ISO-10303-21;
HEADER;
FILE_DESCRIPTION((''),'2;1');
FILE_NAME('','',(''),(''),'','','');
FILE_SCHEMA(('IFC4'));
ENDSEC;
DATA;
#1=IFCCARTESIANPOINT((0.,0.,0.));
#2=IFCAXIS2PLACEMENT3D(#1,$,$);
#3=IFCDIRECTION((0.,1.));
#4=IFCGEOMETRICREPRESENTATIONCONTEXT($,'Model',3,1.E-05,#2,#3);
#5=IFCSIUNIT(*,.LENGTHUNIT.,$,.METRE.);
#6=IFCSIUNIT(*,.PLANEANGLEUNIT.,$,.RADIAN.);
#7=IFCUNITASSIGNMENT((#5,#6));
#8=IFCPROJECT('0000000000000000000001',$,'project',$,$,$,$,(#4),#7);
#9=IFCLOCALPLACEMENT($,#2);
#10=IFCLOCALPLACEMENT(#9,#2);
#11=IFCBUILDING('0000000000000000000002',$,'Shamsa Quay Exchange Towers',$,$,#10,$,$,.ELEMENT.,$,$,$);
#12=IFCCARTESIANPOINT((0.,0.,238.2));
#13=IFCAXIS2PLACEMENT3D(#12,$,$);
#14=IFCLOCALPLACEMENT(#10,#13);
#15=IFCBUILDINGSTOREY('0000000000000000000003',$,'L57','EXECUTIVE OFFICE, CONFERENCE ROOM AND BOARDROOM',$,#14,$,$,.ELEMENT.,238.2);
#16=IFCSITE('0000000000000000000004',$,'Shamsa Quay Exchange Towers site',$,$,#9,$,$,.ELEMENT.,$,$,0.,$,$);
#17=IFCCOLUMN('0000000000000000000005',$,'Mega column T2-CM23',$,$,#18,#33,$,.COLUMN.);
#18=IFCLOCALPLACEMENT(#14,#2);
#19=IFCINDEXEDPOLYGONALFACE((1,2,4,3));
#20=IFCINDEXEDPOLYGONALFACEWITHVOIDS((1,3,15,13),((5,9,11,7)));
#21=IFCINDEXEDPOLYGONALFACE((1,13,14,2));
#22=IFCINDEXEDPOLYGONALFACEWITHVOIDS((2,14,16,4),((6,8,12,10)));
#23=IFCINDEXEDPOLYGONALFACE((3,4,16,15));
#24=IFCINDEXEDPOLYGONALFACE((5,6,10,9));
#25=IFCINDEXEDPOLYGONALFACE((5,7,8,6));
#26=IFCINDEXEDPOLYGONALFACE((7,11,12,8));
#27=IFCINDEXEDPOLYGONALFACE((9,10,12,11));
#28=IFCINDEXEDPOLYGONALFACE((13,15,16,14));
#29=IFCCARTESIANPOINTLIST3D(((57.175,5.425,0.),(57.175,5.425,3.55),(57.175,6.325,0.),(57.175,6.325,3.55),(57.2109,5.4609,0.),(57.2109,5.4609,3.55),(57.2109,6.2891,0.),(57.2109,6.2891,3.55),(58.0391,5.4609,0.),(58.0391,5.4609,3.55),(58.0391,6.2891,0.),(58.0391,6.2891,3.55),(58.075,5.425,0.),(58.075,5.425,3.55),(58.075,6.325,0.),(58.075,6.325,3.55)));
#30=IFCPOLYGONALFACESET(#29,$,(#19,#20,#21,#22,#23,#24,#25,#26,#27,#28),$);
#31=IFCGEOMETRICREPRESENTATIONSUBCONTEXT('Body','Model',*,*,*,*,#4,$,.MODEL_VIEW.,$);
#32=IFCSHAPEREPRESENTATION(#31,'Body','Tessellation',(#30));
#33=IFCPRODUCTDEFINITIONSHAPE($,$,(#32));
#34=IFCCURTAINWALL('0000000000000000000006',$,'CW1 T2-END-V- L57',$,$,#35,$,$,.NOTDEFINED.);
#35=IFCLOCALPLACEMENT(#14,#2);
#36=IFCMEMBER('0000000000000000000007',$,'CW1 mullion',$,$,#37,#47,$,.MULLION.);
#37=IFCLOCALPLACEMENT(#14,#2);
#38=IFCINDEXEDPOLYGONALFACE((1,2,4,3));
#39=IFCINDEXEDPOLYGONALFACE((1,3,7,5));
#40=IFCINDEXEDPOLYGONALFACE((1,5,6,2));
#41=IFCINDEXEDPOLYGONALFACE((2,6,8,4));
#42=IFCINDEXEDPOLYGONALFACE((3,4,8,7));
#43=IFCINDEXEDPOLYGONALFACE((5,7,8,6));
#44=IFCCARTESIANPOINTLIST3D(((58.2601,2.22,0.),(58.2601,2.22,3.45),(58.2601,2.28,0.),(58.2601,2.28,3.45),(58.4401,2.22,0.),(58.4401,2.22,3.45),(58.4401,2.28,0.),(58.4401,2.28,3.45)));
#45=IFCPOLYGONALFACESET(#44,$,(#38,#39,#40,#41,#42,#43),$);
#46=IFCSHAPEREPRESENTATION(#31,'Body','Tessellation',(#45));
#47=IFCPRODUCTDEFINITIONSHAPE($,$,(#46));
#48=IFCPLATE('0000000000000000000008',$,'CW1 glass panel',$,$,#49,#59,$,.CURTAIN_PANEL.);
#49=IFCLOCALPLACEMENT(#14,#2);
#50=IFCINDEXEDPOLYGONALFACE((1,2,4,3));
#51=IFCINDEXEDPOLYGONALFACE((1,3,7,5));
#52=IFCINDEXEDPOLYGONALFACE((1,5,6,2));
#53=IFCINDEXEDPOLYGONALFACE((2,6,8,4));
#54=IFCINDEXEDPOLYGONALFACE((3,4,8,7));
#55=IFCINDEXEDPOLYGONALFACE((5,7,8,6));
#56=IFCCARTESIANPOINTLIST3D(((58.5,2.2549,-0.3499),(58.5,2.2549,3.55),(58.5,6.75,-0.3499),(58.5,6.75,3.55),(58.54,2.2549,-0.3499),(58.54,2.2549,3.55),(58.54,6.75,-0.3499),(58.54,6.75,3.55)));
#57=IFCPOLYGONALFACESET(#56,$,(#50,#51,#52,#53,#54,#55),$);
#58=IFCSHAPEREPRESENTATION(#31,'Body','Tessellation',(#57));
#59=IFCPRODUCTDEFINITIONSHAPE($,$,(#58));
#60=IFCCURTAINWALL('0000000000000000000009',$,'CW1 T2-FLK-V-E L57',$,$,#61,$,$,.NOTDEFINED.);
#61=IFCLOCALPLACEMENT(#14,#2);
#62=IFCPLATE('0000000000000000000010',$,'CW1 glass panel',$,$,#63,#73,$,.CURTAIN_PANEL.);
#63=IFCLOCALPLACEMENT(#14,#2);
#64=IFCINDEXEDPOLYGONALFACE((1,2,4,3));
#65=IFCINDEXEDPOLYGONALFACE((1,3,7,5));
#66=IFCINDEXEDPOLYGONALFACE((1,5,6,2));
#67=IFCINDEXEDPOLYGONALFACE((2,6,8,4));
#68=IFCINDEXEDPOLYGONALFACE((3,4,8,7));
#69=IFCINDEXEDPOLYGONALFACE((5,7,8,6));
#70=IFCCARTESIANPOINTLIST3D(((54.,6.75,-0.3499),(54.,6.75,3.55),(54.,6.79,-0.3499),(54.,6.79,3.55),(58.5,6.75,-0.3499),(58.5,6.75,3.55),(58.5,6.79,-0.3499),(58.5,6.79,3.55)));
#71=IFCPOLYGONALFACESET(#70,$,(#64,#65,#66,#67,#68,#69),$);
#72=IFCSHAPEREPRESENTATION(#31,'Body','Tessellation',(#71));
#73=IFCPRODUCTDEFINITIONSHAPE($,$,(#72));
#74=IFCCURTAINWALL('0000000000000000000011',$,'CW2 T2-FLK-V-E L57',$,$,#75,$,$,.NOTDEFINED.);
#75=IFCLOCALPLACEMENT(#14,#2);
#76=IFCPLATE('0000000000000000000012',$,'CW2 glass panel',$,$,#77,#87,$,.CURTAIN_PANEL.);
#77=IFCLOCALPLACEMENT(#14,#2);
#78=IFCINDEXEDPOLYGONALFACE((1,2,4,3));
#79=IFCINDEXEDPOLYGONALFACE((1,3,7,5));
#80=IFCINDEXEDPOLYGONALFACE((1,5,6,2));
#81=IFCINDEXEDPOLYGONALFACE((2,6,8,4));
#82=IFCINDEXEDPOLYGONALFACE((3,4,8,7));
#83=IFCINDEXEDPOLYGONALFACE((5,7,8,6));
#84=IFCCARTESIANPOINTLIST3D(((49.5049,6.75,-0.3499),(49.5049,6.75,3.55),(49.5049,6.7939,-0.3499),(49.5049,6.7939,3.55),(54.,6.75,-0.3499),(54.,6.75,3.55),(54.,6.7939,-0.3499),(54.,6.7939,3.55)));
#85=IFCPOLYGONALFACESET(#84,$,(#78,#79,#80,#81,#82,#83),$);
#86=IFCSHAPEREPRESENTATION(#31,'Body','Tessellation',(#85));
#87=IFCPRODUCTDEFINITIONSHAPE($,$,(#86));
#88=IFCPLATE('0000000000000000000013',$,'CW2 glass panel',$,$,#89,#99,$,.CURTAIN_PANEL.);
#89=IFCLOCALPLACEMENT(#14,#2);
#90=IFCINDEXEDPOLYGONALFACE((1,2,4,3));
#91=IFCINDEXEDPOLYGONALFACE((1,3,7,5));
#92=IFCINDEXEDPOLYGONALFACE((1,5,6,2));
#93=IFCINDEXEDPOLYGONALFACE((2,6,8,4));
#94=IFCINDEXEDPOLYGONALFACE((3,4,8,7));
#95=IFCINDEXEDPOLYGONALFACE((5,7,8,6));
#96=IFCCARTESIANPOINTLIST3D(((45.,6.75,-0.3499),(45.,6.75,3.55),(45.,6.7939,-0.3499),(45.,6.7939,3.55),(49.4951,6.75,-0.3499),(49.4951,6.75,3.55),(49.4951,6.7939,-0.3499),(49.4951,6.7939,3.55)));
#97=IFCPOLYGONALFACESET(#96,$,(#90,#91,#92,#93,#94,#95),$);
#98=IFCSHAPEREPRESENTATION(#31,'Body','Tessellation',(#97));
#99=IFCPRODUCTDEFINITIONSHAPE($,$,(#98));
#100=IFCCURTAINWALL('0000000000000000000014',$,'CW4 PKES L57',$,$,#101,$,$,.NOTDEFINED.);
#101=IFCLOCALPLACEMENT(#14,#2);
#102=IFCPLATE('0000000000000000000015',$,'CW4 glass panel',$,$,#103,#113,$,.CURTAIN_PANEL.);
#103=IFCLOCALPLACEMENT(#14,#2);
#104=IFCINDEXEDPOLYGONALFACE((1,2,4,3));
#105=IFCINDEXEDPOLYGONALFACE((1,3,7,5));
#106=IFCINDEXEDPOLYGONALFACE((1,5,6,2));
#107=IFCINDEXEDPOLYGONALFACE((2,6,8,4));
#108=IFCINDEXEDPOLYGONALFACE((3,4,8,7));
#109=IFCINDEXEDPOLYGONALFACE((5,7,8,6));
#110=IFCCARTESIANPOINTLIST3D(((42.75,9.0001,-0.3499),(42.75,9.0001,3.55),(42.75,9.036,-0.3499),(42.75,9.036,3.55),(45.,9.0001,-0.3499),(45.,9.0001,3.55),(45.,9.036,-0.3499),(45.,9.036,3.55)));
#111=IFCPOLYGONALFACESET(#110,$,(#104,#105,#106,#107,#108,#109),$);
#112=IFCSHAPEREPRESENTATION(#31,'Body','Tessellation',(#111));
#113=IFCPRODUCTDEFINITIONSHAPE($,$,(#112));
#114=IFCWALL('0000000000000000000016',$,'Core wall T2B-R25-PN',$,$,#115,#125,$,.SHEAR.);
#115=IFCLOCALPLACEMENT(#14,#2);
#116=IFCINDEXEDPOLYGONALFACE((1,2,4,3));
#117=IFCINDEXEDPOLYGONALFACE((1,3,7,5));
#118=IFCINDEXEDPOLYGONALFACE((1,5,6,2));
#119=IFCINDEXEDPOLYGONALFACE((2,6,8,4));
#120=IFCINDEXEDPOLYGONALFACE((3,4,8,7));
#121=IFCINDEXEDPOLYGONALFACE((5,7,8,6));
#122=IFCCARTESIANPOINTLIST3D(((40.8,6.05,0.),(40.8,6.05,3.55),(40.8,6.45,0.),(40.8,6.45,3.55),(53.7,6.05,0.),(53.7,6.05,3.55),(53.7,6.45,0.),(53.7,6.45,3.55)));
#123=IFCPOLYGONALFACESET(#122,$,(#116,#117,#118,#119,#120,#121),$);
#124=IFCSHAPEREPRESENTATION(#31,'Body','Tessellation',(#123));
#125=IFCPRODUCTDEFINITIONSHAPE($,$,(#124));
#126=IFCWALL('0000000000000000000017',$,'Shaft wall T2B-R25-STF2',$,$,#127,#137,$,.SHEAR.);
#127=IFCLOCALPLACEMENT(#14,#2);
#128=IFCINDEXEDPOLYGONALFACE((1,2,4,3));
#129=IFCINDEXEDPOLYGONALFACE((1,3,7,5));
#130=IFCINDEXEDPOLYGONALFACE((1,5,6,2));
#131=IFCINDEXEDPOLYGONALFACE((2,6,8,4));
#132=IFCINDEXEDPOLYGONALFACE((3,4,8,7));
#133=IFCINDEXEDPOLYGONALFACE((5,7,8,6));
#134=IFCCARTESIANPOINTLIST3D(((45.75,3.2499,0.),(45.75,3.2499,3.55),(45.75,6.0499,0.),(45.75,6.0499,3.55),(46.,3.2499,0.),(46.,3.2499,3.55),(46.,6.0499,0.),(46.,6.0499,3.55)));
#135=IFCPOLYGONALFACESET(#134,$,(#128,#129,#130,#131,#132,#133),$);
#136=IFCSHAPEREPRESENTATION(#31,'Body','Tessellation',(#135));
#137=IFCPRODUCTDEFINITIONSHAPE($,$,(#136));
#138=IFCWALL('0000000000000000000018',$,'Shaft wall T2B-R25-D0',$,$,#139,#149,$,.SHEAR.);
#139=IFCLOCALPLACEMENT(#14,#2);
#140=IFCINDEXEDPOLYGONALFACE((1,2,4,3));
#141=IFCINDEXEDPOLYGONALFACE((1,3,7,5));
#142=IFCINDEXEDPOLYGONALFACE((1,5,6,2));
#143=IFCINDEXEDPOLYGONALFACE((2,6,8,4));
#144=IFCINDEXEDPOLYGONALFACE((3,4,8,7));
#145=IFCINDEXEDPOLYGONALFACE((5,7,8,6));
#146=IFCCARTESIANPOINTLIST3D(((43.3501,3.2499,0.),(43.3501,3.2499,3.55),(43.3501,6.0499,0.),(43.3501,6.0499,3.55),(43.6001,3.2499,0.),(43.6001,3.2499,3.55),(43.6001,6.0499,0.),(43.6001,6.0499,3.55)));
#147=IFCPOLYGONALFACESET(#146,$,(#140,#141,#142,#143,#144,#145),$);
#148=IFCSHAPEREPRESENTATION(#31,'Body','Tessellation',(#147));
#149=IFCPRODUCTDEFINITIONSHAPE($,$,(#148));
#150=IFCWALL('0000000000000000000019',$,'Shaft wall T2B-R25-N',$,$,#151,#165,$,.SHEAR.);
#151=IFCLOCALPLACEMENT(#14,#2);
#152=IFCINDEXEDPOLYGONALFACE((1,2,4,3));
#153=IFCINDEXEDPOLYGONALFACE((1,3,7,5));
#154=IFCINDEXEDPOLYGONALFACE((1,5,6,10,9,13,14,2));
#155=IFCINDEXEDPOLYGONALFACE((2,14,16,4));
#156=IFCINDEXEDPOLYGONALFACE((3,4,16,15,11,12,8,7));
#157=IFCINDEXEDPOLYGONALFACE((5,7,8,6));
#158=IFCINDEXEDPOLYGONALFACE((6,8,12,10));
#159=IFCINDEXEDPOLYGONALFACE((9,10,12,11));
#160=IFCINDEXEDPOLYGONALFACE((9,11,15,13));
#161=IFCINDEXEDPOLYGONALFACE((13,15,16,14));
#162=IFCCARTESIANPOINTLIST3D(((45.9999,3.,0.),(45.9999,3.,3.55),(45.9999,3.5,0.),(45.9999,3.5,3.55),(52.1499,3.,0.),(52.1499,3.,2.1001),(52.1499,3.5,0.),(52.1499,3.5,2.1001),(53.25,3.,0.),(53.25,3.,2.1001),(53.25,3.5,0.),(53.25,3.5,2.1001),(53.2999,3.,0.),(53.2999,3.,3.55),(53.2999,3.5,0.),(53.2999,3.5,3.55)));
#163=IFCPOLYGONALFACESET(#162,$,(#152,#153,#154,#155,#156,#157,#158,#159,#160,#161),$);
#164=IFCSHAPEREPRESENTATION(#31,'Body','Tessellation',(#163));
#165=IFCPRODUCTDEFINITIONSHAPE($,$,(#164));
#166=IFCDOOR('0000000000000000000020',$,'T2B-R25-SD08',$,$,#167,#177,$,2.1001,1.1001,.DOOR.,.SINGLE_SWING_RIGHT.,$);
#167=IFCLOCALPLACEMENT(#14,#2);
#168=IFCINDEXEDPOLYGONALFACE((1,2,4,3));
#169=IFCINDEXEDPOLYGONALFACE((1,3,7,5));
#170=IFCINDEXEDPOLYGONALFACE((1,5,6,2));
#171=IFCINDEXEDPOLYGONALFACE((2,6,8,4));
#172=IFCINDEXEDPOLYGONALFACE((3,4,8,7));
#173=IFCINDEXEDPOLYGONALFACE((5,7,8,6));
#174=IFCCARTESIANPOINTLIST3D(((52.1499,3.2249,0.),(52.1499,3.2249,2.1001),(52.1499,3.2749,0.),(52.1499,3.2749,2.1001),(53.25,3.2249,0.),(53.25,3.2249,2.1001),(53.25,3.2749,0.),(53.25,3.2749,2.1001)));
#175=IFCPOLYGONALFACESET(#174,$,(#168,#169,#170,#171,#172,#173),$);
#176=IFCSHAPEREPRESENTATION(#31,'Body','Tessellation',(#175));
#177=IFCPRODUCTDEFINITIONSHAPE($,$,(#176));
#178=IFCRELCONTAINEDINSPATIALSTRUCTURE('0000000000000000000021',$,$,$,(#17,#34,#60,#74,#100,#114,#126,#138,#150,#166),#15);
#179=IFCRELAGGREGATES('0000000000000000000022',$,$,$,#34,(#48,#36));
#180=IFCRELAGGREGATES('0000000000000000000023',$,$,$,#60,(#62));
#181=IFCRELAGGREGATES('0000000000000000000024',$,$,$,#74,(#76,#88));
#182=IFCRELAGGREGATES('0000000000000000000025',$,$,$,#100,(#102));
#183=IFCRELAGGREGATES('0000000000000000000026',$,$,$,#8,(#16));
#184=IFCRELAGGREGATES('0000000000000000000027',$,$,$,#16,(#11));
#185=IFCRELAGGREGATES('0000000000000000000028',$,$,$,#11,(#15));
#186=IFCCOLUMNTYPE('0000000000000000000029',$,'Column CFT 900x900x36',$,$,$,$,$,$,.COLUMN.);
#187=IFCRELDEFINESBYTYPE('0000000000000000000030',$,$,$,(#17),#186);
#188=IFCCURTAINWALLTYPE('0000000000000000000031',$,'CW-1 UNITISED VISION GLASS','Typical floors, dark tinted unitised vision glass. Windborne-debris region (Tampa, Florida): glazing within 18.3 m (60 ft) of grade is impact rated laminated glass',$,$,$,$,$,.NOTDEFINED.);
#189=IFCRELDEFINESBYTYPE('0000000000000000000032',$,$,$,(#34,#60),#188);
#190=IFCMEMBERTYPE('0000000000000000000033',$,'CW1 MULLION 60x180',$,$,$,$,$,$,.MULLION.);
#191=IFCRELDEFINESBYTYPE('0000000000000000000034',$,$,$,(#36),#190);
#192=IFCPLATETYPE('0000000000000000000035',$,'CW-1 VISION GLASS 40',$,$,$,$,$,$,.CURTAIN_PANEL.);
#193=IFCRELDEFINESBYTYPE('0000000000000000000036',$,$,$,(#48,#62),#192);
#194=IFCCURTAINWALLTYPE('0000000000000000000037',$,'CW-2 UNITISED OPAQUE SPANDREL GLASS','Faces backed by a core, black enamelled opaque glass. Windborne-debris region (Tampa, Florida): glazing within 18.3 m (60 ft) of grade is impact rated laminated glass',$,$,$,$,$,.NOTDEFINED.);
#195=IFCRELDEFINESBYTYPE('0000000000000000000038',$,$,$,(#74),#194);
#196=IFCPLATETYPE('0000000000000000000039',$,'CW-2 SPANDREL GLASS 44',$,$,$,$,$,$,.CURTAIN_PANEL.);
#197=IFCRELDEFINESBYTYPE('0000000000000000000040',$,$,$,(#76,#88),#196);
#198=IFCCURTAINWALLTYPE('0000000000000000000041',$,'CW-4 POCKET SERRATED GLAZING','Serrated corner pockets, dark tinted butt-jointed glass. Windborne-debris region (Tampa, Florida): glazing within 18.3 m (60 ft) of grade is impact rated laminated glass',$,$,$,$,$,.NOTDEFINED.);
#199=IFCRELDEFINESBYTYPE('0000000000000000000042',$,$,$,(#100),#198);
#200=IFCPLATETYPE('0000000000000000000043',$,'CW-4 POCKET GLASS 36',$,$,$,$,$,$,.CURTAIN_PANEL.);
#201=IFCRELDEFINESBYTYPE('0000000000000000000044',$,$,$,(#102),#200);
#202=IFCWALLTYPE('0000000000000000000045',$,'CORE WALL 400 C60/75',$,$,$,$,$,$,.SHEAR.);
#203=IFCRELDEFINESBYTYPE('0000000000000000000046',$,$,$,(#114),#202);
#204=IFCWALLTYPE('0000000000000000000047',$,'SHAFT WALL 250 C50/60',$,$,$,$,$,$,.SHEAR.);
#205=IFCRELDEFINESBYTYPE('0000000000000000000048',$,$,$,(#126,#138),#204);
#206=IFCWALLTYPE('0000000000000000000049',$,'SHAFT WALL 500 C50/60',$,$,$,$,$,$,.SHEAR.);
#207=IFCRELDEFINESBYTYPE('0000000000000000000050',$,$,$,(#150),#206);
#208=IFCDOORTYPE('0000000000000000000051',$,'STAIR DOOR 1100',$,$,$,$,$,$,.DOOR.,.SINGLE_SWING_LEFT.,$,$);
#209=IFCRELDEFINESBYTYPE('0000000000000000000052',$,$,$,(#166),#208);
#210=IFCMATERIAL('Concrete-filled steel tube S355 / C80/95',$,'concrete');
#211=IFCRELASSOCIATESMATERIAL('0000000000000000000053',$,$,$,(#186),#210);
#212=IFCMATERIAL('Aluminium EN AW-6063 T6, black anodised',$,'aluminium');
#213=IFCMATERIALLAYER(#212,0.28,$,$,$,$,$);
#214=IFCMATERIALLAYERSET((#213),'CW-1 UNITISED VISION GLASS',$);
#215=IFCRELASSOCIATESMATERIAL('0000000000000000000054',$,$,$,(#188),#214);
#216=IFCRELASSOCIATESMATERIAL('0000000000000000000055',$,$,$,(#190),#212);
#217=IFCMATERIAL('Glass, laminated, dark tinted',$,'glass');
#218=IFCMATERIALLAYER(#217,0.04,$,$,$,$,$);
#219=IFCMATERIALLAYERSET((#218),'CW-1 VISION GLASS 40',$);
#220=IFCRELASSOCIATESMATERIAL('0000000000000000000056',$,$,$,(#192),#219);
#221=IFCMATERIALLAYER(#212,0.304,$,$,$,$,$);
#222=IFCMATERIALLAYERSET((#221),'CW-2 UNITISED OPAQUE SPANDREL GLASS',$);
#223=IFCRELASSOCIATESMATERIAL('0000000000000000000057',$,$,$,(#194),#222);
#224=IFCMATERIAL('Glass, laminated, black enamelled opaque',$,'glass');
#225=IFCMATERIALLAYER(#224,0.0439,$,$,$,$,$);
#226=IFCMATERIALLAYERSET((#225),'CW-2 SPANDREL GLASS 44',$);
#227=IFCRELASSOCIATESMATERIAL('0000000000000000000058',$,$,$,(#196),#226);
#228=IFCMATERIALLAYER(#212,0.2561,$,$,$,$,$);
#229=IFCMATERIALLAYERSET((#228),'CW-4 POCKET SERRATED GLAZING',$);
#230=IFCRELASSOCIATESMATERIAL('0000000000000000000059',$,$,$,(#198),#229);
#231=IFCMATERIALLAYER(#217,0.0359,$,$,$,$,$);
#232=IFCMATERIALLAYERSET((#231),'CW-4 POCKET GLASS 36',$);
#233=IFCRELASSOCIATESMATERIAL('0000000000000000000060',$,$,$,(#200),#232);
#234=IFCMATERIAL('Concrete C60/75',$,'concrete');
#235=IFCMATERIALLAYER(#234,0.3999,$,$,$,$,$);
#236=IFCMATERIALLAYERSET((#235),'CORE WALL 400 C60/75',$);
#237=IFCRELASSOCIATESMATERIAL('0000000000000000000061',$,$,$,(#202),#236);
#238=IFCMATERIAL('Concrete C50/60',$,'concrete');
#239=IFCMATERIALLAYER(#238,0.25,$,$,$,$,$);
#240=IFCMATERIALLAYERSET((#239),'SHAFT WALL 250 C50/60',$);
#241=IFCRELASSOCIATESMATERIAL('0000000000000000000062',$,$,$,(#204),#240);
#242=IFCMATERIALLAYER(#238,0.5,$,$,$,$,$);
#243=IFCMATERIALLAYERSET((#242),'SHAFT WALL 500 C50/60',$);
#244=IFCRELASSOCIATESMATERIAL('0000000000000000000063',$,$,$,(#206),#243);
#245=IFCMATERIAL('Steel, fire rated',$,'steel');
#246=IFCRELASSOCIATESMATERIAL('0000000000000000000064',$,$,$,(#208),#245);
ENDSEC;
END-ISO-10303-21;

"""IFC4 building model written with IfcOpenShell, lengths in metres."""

from ifc_helpers import new_model, si_unit, direction, frame, frame_2d, origin, origin_2d, place, context, subcontext, project, spatial, rectangle, hollow_rectangle, extrude, material, layer, layer_set, material_profile, profile_set, type_object, element, fill, aggregate, save


model = new_model("IFC4")

# Units and contexts
model_context = context("Model", 3, precision=1e-05, world=origin(), true_north=direction((0.0, 1.0)))
body_context = subcontext(model_context, "Body", "Model", "MODEL_VIEW")
ifc_project = project(units=[si_unit("LENGTHUNIT", "METRE"), si_unit("PLANEANGLEUNIT", "RADIAN")], contexts=[model_context])

# Site, building, storey
site_placement = place(None, origin())
site = spatial("IfcSite", under=ifc_project, at=site_placement, Name="Shamsa Quay Exchange Towers site", CompositionType="ELEMENT", RefElevation=0.0)
building_placement = place(site_placement, origin())
building = spatial("IfcBuilding", under=site, at=building_placement, Name="Shamsa Quay Exchange Towers", CompositionType="ELEMENT")
storey_placement = place(building_placement, frame((0.0, 0.0, 238.2)))
storey = spatial("IfcBuildingStorey", under=building, at=storey_placement, Name="L57", Description="EXECUTIVE OFFICE, CONFERENCE ROOM AND BOARDROOM", CompositionType="ELEMENT", Elevation=238.2)

# Column
ifc_material_1 = material(Name="Concrete-filled steel tube S355 / C80/95", Category="concrete")
ifc_material_profile_1 = material_profile(ifc_material_1, hollow_rectangle(XDim=0.8999, YDim=0.8999, WallThickness=0.0359, at=origin_2d()), Name="CFT 900x900x36")
ifc_profile_set_1 = profile_set([ifc_material_profile_1], Name="Concrete-filled steel tube S355 / C80/95")
column_type = type_object("IfcColumnType", Name="Column CFT 900x900x36", PredefinedType="COLUMN", material=ifc_profile_set_1)
column_placement = place(storey_placement, frame((57.625, 5.875, 0.0)))
element("IfcColumn", 1, at=column_placement, inside=storey, type_object=column_type, Name="Mega column T2-CM23", PredefinedType="COLUMN", context=body_context, shape_type="SweptSolid", body=[
    extrude(hollow_rectangle(XDim=0.8999, YDim=0.8999, WallThickness=0.0359, at=origin_2d()), origin(), (0.0, 0.0, 1.0), 3.55),
])

# Curtain wall, member, plate
ifc_material_2 = material(Name="Aluminium EN AW-6063 T6, black anodised", Category="aluminium")
ifc_layer_1 = layer(ifc_material_2, 0.28)
ifc_layer_set_1 = layer_set([ifc_layer_1], Name="CW-1 UNITISED VISION GLASS")
curtain_wall_type_1 = type_object("IfcCurtainWallType", Name="CW-1 UNITISED VISION GLASS", Description="Typical floors, dark tinted unitised vision glass. Windborne-debris region (Tampa, Florida): glazing within 18.3 m (60 ft) of grade is impact rated laminated glass", PredefinedType="NOTDEFINED", material=ifc_layer_set_1)
curtain_wall_1_placement = place(storey_placement, origin())
curtain_wall_1 = element("IfcCurtainWall", 2, at=curtain_wall_1_placement, inside=storey, type_object=curtain_wall_type_1, Name="CW1 T2-END-V- L57", PredefinedType="NOTDEFINED")
ifc_material_profile_2 = material_profile(ifc_material_2, rectangle(XDim=0.1799, YDim=0.0601, at=origin_2d()), Name="MU60x180")
ifc_profile_set_2 = profile_set([ifc_material_profile_2], Name="Aluminium EN AW-6063 T6, black anodised")
member_type = type_object("IfcMemberType", Name="CW1 MULLION 60x180", PredefinedType="MULLION", material=ifc_profile_set_2)
member_placement = place(storey_placement, frame((58.3501, 2.25, 0.0), z_axis=(0.0, 0.0, 1.0), x_axis=(-1.0, 0.0, 0.0)))
member = element("IfcMember", 3, at=member_placement, type_object=member_type, Name="CW1 mullion", PredefinedType="MULLION", context=body_context, shape_type="SweptSolid", body=[
    extrude(rectangle(XDim=0.1799, YDim=0.0601, at=origin_2d()), origin(), (0.0, 0.0, 1.0), 3.45),
])
ifc_material_3 = material(Name="Glass, laminated, dark tinted", Category="glass")
ifc_layer_2 = layer(ifc_material_3, 0.04)
ifc_layer_set_2 = layer_set([ifc_layer_2], Name="CW-1 VISION GLASS 40")
plate_type_1 = type_object("IfcPlateType", Name="CW-1 VISION GLASS 40", PredefinedType="CURTAIN_PANEL", material=ifc_layer_set_2)
plate_1_placement = place(storey_placement, frame((58.52, 4.5024, -0.3499), z_axis=(0.0, 0.0, 1.0), x_axis=(0.0, 1.0, 0.0)))
plate_1 = element("IfcPlate", 4, at=plate_1_placement, type_object=plate_type_1, Name="CW1 glass panel", PredefinedType="CURTAIN_PANEL", context=body_context, shape_type="SweptSolid", body=[
    extrude(rectangle(XDim=4.4951, YDim=0.04, at=origin_2d()), origin(), (0.0, 0.0, 1.0), 3.8999),
])
aggregate(curtain_wall_1, [plate_1, member])

# Curtain wall, plate
curtain_wall_2_placement = place(storey_placement, origin())
curtain_wall_2 = element("IfcCurtainWall", 5, at=curtain_wall_2_placement, inside=storey, type_object=curtain_wall_type_1, Name="CW1 T2-FLK-V-E L57", PredefinedType="NOTDEFINED")
plate_2_placement = place(storey_placement, frame((56.25, 6.77, -0.3499), z_axis=(0.0, 0.0, 1.0), x_axis=(-1.0, 0.0, 0.0)))
plate_2 = element("IfcPlate", 6, at=plate_2_placement, type_object=plate_type_1, Name="CW1 glass panel", PredefinedType="CURTAIN_PANEL", context=body_context, shape_type="SweptSolid", body=[
    extrude(rectangle(XDim=4.5, YDim=0.04, at=origin_2d()), origin(), (0.0, 0.0, 1.0), 3.8999),
])
aggregate(curtain_wall_2, [plate_2])

# Curtain wall, plates
ifc_layer_3 = layer(ifc_material_2, 0.304)
ifc_layer_set_3 = layer_set([ifc_layer_3], Name="CW-2 UNITISED OPAQUE SPANDREL GLASS")
curtain_wall_type_2 = type_object("IfcCurtainWallType", Name="CW-2 UNITISED OPAQUE SPANDREL GLASS", Description="Faces backed by a core, black enamelled opaque glass. Windborne-debris region (Tampa, Florida): glazing within 18.3 m (60 ft) of grade is impact rated laminated glass", PredefinedType="NOTDEFINED", material=ifc_layer_set_3)
curtain_wall_3_placement = place(storey_placement, origin())
curtain_wall_3 = element("IfcCurtainWall", 7, at=curtain_wall_3_placement, inside=storey, type_object=curtain_wall_type_2, Name="CW2 T2-FLK-V-E L57", PredefinedType="NOTDEFINED")
ifc_material_4 = material(Name="Glass, laminated, black enamelled opaque", Category="glass")
ifc_layer_4 = layer(ifc_material_4, 0.0439)
ifc_layer_set_4 = layer_set([ifc_layer_4], Name="CW-2 SPANDREL GLASS 44")
plate_type_2 = type_object("IfcPlateType", Name="CW-2 SPANDREL GLASS 44", PredefinedType="CURTAIN_PANEL", material=ifc_layer_set_4)
plate_3_placement = place(storey_placement, frame((51.7524, 6.772, -0.3499), z_axis=(0.0, 0.0, 1.0), x_axis=(-1.0, 0.0, 0.0)))
plate_3 = element("IfcPlate", 8, at=plate_3_placement, type_object=plate_type_2, Name="CW2 glass panel", PredefinedType="CURTAIN_PANEL", context=body_context, shape_type="SweptSolid", body=[
    extrude(rectangle(XDim=4.4951, YDim=0.0439, at=origin_2d()), origin(), (0.0, 0.0, 1.0), 3.8999),
])
plate_4_placement = place(storey_placement, frame((47.2476, 6.772, -0.3499), z_axis=(0.0, 0.0, 1.0), x_axis=(-1.0, 0.0, 0.0)))
plate_4 = element("IfcPlate", 9, at=plate_4_placement, type_object=plate_type_2, Name="CW2 glass panel", PredefinedType="CURTAIN_PANEL", context=body_context, shape_type="SweptSolid", body=[
    extrude(rectangle(XDim=4.4951, YDim=0.0439, at=origin_2d()), origin(), (0.0, 0.0, 1.0), 3.8999),
])
aggregate(curtain_wall_3, [plate_3, plate_4])

# Curtain wall, plate
ifc_layer_5 = layer(ifc_material_2, 0.2561)
ifc_layer_set_5 = layer_set([ifc_layer_5], Name="CW-4 POCKET SERRATED GLAZING")
curtain_wall_type_3 = type_object("IfcCurtainWallType", Name="CW-4 POCKET SERRATED GLAZING", Description="Serrated corner pockets, dark tinted butt-jointed glass. Windborne-debris region (Tampa, Florida): glazing within 18.3 m (60 ft) of grade is impact rated laminated glass", PredefinedType="NOTDEFINED", material=ifc_layer_set_5)
curtain_wall_4_placement = place(storey_placement, origin())
curtain_wall_4 = element("IfcCurtainWall", 10, at=curtain_wall_4_placement, inside=storey, type_object=curtain_wall_type_3, Name="CW4 PKES L57", PredefinedType="NOTDEFINED")
ifc_layer_6 = layer(ifc_material_3, 0.0359)
ifc_layer_set_6 = layer_set([ifc_layer_6], Name="CW-4 POCKET GLASS 36")
plate_type_3 = type_object("IfcPlateType", Name="CW-4 POCKET GLASS 36", PredefinedType="CURTAIN_PANEL", material=ifc_layer_set_6)
plate_5_placement = place(storey_placement, frame((43.875, 9.0181, -0.3499), z_axis=(0.0, 0.0, 1.0), x_axis=(-1.0, 0.0, 0.0)))
plate_5 = element("IfcPlate", 11, at=plate_5_placement, type_object=plate_type_3, Name="CW4 glass panel", PredefinedType="CURTAIN_PANEL", context=body_context, shape_type="SweptSolid", body=[
    extrude(rectangle(XDim=2.25, YDim=0.0359, at=origin_2d()), origin(), (0.0, 0.0, 1.0), 3.8999),
])
aggregate(curtain_wall_4, [plate_5])

# Walls
ifc_material_5 = material(Name="Concrete C60/75", Category="concrete")
ifc_layer_7 = layer(ifc_material_5, 0.3999)
ifc_layer_set_7 = layer_set([ifc_layer_7], Name="CORE WALL 400 C60/75")
wall_type_1 = type_object("IfcWallType", Name="CORE WALL 400 C60/75", PredefinedType="SHEAR", material=ifc_layer_set_7)
wall_1_placement = place(storey_placement, frame((53.7, 6.25, 0.0), z_axis=(0.0, 0.0, 1.0), x_axis=(-1.0, 0.0, 0.0)))
element("IfcWall", 12, at=wall_1_placement, inside=storey, type_object=wall_type_1, Name="Core wall T2B-R25-PN", PredefinedType="SHEAR", context=body_context, shape_type="SweptSolid", body=[
    extrude(rectangle(XDim=12.8999, YDim=0.3999, at=frame_2d((6.45, 0.0))), origin(), (0.0, 0.0, 1.0), 3.55),
])
ifc_material_6 = material(Name="Concrete C50/60", Category="concrete")
ifc_layer_8 = layer(ifc_material_6, 0.25)
ifc_layer_set_8 = layer_set([ifc_layer_8], Name="SHAFT WALL 250 C50/60")
wall_type_2 = type_object("IfcWallType", Name="SHAFT WALL 250 C50/60", PredefinedType="SHEAR", material=ifc_layer_set_8)
for number, where, z_axis, x_axis, name in (
    (13, (45.875, 3.25, 0.0), (0.0, 0.0, 1.0), (0.0, 1.0, 0.0), "Shaft wall T2B-R25-STF2"),
    (14, (43.4751, 3.25, 0.0), (0.0, 0.0, 1.0), (0.0, 1.0, 0.0), "Shaft wall T2B-R25-D0"),
):
    element("IfcWall", number, at=place(storey_placement, frame(where, z_axis=z_axis, x_axis=x_axis)), inside=storey, type_object=wall_type_2, Name=name, PredefinedType="SHEAR", context=body_context, shape_type="SweptSolid", body=[
        extrude(rectangle(XDim=2.8, YDim=0.25, at=frame_2d((1.3999, 0.0))), origin(), (0.0, 0.0, 1.0), 3.55),
    ])

# Wall, opening, door
ifc_layer_9 = layer(ifc_material_6, 0.5)
ifc_layer_set_9 = layer_set([ifc_layer_9], Name="SHAFT WALL 500 C50/60")
wall_type_3 = type_object("IfcWallType", Name="SHAFT WALL 500 C50/60", PredefinedType="SHEAR", material=ifc_layer_set_9)
wall_2_placement = place(storey_placement, frame((46.0, 3.25, 0.0)))
wall_2 = element("IfcWall", 15, at=wall_2_placement, inside=storey, type_object=wall_type_3, Name="Shaft wall T2B-R25-N", PredefinedType="SHEAR", context=body_context, shape_type="SweptSolid", body=[
    extrude(rectangle(XDim=7.3, YDim=0.5, at=frame_2d((3.6499, 0.0))), origin(), (0.0, 0.0, 1.0), 3.55),
])
opening_1_placement = place(wall_2_placement, frame((6.1499, 0.0, 0.0)))
opening_1 = element("IfcOpeningElement", 16, at=opening_1_placement, cuts=wall_2, PredefinedType="OPENING", context=body_context, shape_type="SweptSolid", body=[
    extrude(rectangle(XDim=1.1001, YDim=2.1001, at=frame_2d((0.55, 1.05))), frame((0.0, 0.26, 0.0), z_axis=(0.0, -1.0, 0.0), x_axis=(1.0, 0.0, 0.0)), (0.0, 0.0, 1.0), 0.52),
])
ifc_material_7 = material(Name="Steel, fire rated", Category="steel")
door_type_1 = type_object("IfcDoorType", Name="STAIR DOOR 1100", OperationType="SINGLE_SWING_LEFT", PredefinedType="DOOR", material=ifc_material_7)
door_1_placement = place(opening_1_placement, origin())
door_1 = element("IfcDoor", 17, at=door_1_placement, inside=storey, type_object=door_type_1, Name="T2B-R25-SD08", OperationType="SINGLE_SWING_RIGHT", OverallHeight=2.1001, OverallWidth=1.1001, PredefinedType="DOOR", context=body_context, shape_type="SweptSolid", body=[
    extrude(rectangle(XDim=1.1001, YDim=2.1001, at=frame_2d((0.55, 1.05))), frame((0.0, 0.0249, 0.0), z_axis=(0.0, -1.0, 0.0), x_axis=(1.0, 0.0, 0.0)), (0.0, 0.0, 1.0), 0.05),
])
fill(opening_1, door_1)

save(model, "model.ifc")
